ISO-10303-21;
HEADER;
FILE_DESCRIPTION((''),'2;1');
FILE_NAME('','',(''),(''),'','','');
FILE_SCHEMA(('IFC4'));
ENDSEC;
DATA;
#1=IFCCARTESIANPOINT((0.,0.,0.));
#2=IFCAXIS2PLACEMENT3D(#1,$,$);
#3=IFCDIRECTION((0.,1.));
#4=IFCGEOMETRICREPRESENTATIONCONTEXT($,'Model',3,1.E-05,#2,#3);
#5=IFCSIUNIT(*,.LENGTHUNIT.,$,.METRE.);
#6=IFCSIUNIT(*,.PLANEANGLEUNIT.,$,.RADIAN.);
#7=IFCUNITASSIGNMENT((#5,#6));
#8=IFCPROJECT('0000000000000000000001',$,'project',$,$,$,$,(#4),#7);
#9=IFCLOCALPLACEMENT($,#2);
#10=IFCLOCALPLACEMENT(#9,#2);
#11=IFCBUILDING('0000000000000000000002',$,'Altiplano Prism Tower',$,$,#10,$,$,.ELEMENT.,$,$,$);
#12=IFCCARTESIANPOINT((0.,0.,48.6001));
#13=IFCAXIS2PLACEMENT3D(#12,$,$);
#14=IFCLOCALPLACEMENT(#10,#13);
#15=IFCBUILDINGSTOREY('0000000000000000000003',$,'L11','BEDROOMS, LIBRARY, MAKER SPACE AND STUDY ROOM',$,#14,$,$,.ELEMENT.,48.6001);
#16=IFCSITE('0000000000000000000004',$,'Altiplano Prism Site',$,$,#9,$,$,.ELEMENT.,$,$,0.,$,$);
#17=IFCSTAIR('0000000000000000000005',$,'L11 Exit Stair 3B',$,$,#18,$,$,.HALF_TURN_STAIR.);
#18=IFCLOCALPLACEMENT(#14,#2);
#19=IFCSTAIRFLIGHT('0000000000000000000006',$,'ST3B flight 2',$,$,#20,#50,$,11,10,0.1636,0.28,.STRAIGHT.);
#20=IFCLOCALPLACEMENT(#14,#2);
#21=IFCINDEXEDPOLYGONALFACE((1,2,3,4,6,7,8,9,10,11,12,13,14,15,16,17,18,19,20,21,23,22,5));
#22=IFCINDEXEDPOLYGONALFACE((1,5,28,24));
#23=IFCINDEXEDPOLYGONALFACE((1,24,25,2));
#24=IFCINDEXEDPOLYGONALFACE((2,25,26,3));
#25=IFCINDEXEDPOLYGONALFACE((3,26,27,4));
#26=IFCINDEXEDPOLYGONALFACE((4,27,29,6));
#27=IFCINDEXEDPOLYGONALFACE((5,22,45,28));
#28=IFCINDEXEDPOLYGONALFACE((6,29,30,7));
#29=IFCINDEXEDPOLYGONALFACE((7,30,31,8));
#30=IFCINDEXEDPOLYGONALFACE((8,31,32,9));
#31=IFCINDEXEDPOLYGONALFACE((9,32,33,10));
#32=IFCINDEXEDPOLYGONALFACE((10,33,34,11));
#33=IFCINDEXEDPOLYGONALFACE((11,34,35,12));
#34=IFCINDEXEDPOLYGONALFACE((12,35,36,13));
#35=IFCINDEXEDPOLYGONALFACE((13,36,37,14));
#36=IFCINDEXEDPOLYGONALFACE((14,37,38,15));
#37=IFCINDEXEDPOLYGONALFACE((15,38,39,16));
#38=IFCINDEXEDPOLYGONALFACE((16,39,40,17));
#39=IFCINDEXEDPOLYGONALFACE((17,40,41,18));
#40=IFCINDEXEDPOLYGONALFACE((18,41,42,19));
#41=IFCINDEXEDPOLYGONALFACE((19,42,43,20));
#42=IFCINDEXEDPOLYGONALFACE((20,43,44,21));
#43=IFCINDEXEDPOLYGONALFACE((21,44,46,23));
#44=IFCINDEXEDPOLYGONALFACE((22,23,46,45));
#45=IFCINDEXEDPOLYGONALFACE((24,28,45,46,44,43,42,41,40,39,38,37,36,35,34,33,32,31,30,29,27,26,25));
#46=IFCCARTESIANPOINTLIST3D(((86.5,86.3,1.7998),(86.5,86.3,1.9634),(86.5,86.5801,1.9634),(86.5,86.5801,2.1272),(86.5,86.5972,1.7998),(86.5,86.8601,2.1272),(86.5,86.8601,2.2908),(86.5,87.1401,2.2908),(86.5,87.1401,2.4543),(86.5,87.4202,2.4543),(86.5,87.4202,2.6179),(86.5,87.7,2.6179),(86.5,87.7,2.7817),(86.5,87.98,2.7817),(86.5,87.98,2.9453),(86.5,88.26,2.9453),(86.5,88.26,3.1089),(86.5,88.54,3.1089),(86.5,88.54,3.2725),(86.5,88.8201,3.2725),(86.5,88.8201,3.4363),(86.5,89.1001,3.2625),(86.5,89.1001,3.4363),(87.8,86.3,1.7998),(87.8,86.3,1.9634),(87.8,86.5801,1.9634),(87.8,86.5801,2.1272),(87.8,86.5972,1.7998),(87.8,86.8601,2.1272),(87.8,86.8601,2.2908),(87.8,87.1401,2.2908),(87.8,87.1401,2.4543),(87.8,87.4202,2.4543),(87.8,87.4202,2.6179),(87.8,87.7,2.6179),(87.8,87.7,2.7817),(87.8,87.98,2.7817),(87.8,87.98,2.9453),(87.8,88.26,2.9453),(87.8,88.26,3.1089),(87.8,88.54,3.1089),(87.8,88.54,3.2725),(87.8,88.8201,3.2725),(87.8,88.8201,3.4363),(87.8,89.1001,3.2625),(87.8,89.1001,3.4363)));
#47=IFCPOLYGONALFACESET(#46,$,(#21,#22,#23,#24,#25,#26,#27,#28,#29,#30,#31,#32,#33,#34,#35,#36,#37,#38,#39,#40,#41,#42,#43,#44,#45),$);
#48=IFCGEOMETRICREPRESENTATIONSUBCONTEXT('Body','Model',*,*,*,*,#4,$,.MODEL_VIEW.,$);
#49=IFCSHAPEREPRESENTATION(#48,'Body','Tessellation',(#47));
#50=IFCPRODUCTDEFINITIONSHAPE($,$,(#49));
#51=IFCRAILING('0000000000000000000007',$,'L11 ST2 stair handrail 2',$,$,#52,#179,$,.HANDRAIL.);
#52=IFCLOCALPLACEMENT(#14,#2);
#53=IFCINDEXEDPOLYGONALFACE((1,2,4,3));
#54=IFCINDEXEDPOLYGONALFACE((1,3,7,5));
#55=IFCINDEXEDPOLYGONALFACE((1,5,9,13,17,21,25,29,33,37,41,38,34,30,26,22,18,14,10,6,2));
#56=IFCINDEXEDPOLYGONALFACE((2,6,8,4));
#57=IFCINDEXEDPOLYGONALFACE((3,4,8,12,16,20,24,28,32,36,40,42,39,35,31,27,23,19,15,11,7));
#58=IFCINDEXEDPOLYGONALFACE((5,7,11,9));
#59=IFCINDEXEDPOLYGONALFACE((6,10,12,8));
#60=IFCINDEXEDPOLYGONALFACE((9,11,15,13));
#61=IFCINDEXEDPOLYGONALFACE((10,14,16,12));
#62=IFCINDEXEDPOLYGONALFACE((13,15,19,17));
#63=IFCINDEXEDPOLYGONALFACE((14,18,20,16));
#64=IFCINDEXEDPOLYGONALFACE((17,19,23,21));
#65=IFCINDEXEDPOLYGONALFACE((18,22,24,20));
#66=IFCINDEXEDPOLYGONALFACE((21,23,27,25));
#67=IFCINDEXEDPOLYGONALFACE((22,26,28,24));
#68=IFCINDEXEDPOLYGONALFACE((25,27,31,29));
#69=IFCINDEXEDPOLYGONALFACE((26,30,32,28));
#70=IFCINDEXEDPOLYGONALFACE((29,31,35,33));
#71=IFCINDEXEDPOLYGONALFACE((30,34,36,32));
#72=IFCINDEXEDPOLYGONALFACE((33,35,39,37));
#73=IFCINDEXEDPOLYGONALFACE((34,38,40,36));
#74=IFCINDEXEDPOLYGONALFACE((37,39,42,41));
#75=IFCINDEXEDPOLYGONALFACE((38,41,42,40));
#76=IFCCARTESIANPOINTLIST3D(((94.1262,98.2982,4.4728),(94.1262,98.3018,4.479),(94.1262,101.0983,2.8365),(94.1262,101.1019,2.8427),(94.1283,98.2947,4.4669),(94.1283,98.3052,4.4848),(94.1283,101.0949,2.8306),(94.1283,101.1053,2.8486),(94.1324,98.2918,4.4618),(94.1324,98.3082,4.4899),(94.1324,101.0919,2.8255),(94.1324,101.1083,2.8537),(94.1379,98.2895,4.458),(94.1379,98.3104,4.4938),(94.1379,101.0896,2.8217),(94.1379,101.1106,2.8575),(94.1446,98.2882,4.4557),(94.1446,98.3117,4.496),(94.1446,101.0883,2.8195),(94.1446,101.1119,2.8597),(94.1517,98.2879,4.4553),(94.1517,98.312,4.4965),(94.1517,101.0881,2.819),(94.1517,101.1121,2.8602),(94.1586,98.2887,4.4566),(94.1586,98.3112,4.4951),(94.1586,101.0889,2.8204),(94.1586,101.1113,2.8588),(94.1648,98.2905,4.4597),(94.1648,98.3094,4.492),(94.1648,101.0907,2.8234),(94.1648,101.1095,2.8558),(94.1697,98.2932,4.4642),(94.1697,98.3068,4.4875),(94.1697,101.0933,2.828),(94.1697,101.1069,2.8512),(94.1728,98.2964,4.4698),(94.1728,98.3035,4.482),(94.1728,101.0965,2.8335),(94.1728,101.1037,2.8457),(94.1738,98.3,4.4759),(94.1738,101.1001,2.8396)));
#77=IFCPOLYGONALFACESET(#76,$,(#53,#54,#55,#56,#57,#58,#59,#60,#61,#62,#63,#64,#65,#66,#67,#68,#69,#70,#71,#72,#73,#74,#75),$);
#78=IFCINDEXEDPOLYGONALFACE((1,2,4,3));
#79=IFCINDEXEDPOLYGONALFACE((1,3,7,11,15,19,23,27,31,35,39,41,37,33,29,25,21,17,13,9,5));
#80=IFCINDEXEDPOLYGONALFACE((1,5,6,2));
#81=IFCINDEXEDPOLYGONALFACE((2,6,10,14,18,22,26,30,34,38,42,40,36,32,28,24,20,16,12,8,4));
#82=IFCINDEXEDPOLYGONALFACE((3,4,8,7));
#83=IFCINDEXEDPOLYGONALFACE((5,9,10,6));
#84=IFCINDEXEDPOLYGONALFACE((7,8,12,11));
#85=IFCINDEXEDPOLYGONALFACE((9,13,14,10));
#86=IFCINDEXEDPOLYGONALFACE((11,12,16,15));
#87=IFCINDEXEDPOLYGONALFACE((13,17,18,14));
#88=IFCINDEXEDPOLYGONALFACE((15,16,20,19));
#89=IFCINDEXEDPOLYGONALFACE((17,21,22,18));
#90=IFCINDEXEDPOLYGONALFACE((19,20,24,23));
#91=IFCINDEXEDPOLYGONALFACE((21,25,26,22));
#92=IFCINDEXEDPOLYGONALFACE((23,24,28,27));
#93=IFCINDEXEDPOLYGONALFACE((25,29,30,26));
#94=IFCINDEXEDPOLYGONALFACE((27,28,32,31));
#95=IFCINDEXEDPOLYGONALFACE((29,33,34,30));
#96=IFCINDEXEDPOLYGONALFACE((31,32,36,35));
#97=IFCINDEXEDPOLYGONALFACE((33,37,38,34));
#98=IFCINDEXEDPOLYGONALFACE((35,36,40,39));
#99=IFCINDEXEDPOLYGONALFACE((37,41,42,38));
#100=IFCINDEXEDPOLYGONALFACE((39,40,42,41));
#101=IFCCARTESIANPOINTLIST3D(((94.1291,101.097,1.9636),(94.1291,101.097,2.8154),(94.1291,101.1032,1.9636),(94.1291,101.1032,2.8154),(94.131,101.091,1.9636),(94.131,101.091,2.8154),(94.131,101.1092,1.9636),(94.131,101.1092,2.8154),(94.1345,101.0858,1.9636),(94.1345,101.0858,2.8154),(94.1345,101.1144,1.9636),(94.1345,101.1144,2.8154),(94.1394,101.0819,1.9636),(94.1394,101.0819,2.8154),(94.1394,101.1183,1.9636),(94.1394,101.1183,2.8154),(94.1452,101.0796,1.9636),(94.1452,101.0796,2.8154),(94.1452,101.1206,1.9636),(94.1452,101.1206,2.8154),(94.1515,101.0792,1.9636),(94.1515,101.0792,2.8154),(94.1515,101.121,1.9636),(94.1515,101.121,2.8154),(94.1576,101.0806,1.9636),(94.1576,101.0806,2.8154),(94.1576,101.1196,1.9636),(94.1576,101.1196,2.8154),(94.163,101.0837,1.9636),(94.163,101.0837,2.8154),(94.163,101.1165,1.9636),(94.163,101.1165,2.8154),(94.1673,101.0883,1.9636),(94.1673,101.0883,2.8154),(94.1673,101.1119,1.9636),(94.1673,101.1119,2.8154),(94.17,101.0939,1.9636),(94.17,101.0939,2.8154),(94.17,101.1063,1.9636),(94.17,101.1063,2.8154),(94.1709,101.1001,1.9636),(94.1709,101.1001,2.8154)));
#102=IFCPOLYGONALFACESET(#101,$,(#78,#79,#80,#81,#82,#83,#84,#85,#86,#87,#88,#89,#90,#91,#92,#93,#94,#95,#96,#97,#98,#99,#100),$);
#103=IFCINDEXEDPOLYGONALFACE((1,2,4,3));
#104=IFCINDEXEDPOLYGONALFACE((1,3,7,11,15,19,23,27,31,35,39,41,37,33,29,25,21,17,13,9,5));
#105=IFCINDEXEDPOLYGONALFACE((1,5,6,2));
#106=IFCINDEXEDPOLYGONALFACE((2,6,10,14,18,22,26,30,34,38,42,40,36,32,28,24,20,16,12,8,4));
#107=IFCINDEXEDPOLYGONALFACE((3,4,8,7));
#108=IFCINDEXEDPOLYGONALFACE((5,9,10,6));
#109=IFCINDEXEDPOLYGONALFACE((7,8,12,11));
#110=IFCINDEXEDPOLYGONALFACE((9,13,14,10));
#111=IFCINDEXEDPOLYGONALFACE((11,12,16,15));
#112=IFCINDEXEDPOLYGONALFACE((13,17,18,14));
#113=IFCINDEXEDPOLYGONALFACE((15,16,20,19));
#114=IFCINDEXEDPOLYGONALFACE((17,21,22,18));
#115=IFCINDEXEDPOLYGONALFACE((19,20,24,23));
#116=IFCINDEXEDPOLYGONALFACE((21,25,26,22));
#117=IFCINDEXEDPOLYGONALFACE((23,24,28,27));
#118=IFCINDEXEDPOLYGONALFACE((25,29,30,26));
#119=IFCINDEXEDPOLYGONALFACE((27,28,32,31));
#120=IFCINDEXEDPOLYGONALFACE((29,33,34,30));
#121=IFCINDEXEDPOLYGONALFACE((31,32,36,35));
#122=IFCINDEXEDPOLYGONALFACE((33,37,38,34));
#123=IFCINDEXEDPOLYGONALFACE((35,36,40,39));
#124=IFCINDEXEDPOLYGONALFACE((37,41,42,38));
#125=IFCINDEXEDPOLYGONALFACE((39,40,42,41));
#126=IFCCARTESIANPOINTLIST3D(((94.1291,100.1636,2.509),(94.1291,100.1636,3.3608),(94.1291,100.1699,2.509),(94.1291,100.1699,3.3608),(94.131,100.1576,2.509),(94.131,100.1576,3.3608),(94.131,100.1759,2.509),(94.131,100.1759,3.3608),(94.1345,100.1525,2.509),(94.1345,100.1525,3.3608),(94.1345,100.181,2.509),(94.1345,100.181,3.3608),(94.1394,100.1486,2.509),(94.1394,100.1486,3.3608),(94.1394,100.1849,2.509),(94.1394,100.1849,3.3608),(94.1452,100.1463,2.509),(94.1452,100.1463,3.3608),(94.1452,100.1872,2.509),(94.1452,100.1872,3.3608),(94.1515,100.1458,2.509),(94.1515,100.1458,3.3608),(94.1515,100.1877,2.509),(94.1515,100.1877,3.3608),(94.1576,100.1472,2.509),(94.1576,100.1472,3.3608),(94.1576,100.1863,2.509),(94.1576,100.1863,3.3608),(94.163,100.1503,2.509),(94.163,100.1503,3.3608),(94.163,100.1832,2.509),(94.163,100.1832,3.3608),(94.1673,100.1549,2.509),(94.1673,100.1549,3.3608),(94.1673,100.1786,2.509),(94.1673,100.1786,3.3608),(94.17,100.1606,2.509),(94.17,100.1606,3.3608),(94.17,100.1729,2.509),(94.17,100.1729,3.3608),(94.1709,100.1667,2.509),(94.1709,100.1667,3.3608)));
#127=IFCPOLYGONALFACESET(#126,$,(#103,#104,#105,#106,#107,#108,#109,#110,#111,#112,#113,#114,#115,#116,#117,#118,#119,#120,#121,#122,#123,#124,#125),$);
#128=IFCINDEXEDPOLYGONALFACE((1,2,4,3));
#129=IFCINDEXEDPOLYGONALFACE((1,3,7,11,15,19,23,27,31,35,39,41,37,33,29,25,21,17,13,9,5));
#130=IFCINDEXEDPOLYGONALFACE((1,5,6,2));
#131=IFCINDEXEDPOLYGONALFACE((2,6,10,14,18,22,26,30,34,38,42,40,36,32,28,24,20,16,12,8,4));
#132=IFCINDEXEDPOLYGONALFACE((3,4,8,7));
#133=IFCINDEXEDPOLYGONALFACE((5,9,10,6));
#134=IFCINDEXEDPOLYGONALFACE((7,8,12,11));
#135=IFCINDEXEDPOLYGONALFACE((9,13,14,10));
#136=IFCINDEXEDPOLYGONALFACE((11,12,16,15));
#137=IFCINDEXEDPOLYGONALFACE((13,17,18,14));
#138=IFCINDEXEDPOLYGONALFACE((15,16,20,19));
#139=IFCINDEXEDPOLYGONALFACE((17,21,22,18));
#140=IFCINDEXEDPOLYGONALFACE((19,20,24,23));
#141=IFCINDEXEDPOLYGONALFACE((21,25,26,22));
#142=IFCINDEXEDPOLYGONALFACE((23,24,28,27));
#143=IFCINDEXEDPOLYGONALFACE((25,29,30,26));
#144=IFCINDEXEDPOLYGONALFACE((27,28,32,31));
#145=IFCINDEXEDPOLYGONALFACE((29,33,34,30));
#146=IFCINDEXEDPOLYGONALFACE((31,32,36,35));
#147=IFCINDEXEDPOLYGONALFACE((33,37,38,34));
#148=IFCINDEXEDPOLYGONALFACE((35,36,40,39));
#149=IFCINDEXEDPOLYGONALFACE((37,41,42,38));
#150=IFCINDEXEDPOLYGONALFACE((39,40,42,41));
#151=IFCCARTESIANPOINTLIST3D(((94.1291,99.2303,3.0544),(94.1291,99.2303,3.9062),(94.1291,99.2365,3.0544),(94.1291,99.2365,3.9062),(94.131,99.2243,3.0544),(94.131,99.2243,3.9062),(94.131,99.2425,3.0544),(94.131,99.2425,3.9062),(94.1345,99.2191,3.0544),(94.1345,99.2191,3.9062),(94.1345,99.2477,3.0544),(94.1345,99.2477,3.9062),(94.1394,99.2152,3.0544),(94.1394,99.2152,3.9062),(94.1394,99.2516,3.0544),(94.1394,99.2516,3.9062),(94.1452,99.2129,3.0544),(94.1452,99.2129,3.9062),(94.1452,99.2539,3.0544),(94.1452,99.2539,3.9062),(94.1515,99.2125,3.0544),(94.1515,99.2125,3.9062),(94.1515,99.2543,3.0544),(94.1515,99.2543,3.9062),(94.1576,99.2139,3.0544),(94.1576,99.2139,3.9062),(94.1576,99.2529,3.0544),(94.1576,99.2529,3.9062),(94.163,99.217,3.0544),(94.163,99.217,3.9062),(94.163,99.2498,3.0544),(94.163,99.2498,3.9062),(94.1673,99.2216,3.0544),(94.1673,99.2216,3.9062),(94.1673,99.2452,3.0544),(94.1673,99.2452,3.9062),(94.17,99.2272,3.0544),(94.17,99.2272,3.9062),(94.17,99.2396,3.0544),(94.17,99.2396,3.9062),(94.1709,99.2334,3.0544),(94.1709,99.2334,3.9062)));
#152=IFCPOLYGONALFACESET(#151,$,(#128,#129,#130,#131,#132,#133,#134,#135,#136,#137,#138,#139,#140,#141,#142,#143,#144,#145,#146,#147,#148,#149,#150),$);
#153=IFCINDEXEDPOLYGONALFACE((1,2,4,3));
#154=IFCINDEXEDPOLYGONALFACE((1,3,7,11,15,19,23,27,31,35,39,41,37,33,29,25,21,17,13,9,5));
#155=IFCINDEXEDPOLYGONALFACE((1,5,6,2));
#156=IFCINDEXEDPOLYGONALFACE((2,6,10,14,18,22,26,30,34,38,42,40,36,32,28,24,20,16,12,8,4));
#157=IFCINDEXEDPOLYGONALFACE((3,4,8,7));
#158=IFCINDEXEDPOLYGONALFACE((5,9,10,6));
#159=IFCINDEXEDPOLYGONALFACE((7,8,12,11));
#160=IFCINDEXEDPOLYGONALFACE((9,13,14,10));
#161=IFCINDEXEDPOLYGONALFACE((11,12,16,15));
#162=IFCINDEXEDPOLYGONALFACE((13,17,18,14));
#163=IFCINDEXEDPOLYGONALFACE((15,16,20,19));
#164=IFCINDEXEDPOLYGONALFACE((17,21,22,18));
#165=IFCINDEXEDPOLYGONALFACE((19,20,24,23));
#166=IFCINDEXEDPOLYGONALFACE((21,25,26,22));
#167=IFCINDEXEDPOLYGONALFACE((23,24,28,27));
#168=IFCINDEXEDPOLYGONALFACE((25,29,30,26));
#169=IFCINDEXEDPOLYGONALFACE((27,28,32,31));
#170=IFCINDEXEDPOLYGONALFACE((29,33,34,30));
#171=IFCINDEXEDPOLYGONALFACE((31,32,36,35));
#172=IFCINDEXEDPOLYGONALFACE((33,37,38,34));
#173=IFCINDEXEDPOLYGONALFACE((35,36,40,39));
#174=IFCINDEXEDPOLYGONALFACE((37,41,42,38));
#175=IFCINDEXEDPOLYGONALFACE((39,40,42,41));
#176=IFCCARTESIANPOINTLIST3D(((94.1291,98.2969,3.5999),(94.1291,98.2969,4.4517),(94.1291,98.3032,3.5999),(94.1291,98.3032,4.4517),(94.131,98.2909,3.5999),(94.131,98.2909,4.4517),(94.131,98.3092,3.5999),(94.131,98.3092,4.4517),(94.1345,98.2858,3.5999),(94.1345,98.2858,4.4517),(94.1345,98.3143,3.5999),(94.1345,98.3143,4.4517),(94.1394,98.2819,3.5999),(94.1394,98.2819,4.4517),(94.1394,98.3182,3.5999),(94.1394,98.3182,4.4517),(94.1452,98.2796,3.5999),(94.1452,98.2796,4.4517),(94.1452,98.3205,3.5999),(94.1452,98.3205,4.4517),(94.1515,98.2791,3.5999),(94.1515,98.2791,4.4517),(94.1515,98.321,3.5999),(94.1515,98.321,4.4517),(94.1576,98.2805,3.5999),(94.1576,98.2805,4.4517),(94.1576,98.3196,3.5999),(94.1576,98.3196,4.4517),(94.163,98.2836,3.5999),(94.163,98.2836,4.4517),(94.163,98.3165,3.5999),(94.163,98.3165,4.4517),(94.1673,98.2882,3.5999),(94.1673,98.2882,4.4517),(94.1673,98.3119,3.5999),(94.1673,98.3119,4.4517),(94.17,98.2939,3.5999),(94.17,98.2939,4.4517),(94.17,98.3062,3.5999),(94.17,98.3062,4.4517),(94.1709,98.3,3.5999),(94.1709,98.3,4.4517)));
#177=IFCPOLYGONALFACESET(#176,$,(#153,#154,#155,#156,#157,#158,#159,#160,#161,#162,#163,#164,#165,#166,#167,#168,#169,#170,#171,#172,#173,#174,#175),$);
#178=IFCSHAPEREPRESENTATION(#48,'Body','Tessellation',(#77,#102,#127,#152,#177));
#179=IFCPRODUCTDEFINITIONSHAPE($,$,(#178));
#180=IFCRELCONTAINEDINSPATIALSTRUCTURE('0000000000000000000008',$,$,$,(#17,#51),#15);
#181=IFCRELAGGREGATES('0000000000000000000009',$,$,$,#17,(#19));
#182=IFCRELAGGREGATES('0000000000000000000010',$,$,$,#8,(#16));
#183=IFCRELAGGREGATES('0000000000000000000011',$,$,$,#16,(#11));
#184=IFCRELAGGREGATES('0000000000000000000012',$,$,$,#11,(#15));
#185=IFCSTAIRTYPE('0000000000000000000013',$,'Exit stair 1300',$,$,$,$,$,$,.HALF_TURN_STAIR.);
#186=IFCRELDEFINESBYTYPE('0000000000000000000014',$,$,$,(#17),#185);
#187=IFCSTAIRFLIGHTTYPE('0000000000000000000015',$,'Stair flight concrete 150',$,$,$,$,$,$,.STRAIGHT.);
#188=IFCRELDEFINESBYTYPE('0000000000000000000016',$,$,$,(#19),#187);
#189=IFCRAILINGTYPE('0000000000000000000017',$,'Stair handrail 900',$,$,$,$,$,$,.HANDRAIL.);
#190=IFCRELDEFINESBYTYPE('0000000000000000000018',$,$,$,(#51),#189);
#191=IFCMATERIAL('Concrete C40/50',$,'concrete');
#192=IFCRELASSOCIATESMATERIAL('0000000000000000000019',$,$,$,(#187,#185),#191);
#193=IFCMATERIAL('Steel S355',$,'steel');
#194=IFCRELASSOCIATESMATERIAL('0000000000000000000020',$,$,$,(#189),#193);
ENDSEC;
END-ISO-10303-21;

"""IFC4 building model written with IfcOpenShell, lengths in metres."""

from ifc_helpers import new_model, si_unit, direction, frame, origin, origin_2d, place, context, subcontext, project, spatial, polyline, circle, outline, extrude, material, type_object, element, aggregate, save


model = new_model("IFC4")

# Units and contexts
model_context = context("Model", 3, precision=1e-05, world=origin(), true_north=direction((0.0, 1.0)))
body_context = subcontext(model_context, "Body", "Model", "MODEL_VIEW")
ifc_project = project(units=[si_unit("LENGTHUNIT", "METRE"), si_unit("PLANEANGLEUNIT", "RADIAN")], contexts=[model_context])

# Site, building, storey
site_placement = place(None, origin())
site = spatial("IfcSite", under=ifc_project, at=site_placement, Name="Altiplano Prism Site", CompositionType="ELEMENT", RefElevation=0.0)
building_placement = place(site_placement, origin())
building = spatial("IfcBuilding", under=site, at=building_placement, Name="Altiplano Prism Tower", CompositionType="ELEMENT")
storey_placement = place(building_placement, frame((0.0, 0.0, 48.6001)))
storey = spatial("IfcBuildingStorey", under=building, at=storey_placement, Name="L11", Description="BEDROOMS, LIBRARY, MAKER SPACE AND STUDY ROOM", CompositionType="ELEMENT", Elevation=48.6001)

# Shared definitions
ifc_material_1 = material(Name="Concrete C40/50", Category="concrete")
stair_flight_type = type_object("IfcStairFlightType", Name="Stair flight concrete 150", PredefinedType="STRAIGHT", material=ifc_material_1)

# Stair, stair flight
stair_type_1 = type_object("IfcStairType", Name="Exit stair 1300", PredefinedType="HALF_TURN_STAIR", material=ifc_material_1)
stair_1_placement = place(storey_placement, origin())
stair_1 = element("IfcStair", 1, at=stair_1_placement, inside=storey, type_object=stair_type_1, Name="L11 Exit Stair 3B", PredefinedType="HALF_TURN_STAIR")
stair_flight_1_placement = place(storey_placement, frame((87.1499, 86.3, 1.7998), z_axis=(0.0, 0.0, 1.0), x_axis=(0.0, 1.0, 0.0)))
stair_flight_1 = element("IfcStairFlight", 2, at=stair_flight_1_placement, type_object=stair_flight_type, Name="ST3B flight 2", NumberOfRisers=11, NumberOfTreads=10, PredefinedType="STRAIGHT", RiserHeight=0.1636, TreadLength=0.28, context=body_context, shape_type="SweptSolid", body=[
    extrude(outline(polyline([(0.0, 0.0), (0.0, 0.1636), (0.28, 0.1636), (0.28, 0.3274), (0.5601, 0.3274), (0.5601, 0.491), (0.8401, 0.491), (0.8401, 0.6545), (1.1201, 0.6545), (1.1201, 0.8181), (1.3999, 0.8181), (1.3999, 0.9819), (1.6799, 0.9819), (1.6799, 1.1455), (1.96, 1.1455), (1.96, 1.3091), (2.24, 1.3091), (2.24, 1.4727), (2.52, 1.4727), (2.52, 1.6365), (2.8, 1.6365), (2.8, 1.8), (2.8, 1.4626), (0.2971, 0.0), (0.0, 0.0)])), frame((0.0, 0.6499, 0.0), z_axis=(0.0, -1.0, 0.0), x_axis=(1.0, 0.0, 0.0)), (0.0, 0.0, 1.0), 1.3),
])
aggregate(stair_1, [stair_flight_1])

# Railing
ifc_material_2 = material(Name="Steel S355", Category="steel")
railing_type_1 = type_object("IfcRailingType", Name="Stair handrail 900", PredefinedType="HANDRAIL", material=ifc_material_2)
railing_1_placement = place(storey_placement, frame((94.1499, 101.1001, 1.9636)))
element("IfcRailing", 3, at=railing_1_placement, inside=storey, type_object=railing_type_1, Name="L11 ST2 stair handrail 2", PredefinedType="HANDRAIL", context=body_context, shape_type="SweptSolid", body=[
    extrude(circle(Radius=0.0239, at=origin_2d()), frame((0.0, 0.0, 0.876), z_axis=(0.0, -0.863394, 0.504531), x_axis=(1.0, 0.0, 0.0)), (0.0, 0.0, 1.0), 3.2432),
    extrude(circle(Radius=0.021, at=origin_2d()), origin(), (0.0, 0.0, 1.0), 0.8518),
    extrude(circle(Radius=0.021, at=origin_2d()), frame((0.0, -0.9333, 0.5454)), (0.0, 0.0, 1.0), 0.8518),
    extrude(circle(Radius=0.021, at=origin_2d()), frame((0.0, -1.8667, 1.0908)), (0.0, 0.0, 1.0), 0.8518),
    extrude(circle(Radius=0.021, at=origin_2d()), frame((0.0, -2.8, 1.6362)), (0.0, 0.0, 1.0), 0.8518),
])

save(model, "model.ifc")
